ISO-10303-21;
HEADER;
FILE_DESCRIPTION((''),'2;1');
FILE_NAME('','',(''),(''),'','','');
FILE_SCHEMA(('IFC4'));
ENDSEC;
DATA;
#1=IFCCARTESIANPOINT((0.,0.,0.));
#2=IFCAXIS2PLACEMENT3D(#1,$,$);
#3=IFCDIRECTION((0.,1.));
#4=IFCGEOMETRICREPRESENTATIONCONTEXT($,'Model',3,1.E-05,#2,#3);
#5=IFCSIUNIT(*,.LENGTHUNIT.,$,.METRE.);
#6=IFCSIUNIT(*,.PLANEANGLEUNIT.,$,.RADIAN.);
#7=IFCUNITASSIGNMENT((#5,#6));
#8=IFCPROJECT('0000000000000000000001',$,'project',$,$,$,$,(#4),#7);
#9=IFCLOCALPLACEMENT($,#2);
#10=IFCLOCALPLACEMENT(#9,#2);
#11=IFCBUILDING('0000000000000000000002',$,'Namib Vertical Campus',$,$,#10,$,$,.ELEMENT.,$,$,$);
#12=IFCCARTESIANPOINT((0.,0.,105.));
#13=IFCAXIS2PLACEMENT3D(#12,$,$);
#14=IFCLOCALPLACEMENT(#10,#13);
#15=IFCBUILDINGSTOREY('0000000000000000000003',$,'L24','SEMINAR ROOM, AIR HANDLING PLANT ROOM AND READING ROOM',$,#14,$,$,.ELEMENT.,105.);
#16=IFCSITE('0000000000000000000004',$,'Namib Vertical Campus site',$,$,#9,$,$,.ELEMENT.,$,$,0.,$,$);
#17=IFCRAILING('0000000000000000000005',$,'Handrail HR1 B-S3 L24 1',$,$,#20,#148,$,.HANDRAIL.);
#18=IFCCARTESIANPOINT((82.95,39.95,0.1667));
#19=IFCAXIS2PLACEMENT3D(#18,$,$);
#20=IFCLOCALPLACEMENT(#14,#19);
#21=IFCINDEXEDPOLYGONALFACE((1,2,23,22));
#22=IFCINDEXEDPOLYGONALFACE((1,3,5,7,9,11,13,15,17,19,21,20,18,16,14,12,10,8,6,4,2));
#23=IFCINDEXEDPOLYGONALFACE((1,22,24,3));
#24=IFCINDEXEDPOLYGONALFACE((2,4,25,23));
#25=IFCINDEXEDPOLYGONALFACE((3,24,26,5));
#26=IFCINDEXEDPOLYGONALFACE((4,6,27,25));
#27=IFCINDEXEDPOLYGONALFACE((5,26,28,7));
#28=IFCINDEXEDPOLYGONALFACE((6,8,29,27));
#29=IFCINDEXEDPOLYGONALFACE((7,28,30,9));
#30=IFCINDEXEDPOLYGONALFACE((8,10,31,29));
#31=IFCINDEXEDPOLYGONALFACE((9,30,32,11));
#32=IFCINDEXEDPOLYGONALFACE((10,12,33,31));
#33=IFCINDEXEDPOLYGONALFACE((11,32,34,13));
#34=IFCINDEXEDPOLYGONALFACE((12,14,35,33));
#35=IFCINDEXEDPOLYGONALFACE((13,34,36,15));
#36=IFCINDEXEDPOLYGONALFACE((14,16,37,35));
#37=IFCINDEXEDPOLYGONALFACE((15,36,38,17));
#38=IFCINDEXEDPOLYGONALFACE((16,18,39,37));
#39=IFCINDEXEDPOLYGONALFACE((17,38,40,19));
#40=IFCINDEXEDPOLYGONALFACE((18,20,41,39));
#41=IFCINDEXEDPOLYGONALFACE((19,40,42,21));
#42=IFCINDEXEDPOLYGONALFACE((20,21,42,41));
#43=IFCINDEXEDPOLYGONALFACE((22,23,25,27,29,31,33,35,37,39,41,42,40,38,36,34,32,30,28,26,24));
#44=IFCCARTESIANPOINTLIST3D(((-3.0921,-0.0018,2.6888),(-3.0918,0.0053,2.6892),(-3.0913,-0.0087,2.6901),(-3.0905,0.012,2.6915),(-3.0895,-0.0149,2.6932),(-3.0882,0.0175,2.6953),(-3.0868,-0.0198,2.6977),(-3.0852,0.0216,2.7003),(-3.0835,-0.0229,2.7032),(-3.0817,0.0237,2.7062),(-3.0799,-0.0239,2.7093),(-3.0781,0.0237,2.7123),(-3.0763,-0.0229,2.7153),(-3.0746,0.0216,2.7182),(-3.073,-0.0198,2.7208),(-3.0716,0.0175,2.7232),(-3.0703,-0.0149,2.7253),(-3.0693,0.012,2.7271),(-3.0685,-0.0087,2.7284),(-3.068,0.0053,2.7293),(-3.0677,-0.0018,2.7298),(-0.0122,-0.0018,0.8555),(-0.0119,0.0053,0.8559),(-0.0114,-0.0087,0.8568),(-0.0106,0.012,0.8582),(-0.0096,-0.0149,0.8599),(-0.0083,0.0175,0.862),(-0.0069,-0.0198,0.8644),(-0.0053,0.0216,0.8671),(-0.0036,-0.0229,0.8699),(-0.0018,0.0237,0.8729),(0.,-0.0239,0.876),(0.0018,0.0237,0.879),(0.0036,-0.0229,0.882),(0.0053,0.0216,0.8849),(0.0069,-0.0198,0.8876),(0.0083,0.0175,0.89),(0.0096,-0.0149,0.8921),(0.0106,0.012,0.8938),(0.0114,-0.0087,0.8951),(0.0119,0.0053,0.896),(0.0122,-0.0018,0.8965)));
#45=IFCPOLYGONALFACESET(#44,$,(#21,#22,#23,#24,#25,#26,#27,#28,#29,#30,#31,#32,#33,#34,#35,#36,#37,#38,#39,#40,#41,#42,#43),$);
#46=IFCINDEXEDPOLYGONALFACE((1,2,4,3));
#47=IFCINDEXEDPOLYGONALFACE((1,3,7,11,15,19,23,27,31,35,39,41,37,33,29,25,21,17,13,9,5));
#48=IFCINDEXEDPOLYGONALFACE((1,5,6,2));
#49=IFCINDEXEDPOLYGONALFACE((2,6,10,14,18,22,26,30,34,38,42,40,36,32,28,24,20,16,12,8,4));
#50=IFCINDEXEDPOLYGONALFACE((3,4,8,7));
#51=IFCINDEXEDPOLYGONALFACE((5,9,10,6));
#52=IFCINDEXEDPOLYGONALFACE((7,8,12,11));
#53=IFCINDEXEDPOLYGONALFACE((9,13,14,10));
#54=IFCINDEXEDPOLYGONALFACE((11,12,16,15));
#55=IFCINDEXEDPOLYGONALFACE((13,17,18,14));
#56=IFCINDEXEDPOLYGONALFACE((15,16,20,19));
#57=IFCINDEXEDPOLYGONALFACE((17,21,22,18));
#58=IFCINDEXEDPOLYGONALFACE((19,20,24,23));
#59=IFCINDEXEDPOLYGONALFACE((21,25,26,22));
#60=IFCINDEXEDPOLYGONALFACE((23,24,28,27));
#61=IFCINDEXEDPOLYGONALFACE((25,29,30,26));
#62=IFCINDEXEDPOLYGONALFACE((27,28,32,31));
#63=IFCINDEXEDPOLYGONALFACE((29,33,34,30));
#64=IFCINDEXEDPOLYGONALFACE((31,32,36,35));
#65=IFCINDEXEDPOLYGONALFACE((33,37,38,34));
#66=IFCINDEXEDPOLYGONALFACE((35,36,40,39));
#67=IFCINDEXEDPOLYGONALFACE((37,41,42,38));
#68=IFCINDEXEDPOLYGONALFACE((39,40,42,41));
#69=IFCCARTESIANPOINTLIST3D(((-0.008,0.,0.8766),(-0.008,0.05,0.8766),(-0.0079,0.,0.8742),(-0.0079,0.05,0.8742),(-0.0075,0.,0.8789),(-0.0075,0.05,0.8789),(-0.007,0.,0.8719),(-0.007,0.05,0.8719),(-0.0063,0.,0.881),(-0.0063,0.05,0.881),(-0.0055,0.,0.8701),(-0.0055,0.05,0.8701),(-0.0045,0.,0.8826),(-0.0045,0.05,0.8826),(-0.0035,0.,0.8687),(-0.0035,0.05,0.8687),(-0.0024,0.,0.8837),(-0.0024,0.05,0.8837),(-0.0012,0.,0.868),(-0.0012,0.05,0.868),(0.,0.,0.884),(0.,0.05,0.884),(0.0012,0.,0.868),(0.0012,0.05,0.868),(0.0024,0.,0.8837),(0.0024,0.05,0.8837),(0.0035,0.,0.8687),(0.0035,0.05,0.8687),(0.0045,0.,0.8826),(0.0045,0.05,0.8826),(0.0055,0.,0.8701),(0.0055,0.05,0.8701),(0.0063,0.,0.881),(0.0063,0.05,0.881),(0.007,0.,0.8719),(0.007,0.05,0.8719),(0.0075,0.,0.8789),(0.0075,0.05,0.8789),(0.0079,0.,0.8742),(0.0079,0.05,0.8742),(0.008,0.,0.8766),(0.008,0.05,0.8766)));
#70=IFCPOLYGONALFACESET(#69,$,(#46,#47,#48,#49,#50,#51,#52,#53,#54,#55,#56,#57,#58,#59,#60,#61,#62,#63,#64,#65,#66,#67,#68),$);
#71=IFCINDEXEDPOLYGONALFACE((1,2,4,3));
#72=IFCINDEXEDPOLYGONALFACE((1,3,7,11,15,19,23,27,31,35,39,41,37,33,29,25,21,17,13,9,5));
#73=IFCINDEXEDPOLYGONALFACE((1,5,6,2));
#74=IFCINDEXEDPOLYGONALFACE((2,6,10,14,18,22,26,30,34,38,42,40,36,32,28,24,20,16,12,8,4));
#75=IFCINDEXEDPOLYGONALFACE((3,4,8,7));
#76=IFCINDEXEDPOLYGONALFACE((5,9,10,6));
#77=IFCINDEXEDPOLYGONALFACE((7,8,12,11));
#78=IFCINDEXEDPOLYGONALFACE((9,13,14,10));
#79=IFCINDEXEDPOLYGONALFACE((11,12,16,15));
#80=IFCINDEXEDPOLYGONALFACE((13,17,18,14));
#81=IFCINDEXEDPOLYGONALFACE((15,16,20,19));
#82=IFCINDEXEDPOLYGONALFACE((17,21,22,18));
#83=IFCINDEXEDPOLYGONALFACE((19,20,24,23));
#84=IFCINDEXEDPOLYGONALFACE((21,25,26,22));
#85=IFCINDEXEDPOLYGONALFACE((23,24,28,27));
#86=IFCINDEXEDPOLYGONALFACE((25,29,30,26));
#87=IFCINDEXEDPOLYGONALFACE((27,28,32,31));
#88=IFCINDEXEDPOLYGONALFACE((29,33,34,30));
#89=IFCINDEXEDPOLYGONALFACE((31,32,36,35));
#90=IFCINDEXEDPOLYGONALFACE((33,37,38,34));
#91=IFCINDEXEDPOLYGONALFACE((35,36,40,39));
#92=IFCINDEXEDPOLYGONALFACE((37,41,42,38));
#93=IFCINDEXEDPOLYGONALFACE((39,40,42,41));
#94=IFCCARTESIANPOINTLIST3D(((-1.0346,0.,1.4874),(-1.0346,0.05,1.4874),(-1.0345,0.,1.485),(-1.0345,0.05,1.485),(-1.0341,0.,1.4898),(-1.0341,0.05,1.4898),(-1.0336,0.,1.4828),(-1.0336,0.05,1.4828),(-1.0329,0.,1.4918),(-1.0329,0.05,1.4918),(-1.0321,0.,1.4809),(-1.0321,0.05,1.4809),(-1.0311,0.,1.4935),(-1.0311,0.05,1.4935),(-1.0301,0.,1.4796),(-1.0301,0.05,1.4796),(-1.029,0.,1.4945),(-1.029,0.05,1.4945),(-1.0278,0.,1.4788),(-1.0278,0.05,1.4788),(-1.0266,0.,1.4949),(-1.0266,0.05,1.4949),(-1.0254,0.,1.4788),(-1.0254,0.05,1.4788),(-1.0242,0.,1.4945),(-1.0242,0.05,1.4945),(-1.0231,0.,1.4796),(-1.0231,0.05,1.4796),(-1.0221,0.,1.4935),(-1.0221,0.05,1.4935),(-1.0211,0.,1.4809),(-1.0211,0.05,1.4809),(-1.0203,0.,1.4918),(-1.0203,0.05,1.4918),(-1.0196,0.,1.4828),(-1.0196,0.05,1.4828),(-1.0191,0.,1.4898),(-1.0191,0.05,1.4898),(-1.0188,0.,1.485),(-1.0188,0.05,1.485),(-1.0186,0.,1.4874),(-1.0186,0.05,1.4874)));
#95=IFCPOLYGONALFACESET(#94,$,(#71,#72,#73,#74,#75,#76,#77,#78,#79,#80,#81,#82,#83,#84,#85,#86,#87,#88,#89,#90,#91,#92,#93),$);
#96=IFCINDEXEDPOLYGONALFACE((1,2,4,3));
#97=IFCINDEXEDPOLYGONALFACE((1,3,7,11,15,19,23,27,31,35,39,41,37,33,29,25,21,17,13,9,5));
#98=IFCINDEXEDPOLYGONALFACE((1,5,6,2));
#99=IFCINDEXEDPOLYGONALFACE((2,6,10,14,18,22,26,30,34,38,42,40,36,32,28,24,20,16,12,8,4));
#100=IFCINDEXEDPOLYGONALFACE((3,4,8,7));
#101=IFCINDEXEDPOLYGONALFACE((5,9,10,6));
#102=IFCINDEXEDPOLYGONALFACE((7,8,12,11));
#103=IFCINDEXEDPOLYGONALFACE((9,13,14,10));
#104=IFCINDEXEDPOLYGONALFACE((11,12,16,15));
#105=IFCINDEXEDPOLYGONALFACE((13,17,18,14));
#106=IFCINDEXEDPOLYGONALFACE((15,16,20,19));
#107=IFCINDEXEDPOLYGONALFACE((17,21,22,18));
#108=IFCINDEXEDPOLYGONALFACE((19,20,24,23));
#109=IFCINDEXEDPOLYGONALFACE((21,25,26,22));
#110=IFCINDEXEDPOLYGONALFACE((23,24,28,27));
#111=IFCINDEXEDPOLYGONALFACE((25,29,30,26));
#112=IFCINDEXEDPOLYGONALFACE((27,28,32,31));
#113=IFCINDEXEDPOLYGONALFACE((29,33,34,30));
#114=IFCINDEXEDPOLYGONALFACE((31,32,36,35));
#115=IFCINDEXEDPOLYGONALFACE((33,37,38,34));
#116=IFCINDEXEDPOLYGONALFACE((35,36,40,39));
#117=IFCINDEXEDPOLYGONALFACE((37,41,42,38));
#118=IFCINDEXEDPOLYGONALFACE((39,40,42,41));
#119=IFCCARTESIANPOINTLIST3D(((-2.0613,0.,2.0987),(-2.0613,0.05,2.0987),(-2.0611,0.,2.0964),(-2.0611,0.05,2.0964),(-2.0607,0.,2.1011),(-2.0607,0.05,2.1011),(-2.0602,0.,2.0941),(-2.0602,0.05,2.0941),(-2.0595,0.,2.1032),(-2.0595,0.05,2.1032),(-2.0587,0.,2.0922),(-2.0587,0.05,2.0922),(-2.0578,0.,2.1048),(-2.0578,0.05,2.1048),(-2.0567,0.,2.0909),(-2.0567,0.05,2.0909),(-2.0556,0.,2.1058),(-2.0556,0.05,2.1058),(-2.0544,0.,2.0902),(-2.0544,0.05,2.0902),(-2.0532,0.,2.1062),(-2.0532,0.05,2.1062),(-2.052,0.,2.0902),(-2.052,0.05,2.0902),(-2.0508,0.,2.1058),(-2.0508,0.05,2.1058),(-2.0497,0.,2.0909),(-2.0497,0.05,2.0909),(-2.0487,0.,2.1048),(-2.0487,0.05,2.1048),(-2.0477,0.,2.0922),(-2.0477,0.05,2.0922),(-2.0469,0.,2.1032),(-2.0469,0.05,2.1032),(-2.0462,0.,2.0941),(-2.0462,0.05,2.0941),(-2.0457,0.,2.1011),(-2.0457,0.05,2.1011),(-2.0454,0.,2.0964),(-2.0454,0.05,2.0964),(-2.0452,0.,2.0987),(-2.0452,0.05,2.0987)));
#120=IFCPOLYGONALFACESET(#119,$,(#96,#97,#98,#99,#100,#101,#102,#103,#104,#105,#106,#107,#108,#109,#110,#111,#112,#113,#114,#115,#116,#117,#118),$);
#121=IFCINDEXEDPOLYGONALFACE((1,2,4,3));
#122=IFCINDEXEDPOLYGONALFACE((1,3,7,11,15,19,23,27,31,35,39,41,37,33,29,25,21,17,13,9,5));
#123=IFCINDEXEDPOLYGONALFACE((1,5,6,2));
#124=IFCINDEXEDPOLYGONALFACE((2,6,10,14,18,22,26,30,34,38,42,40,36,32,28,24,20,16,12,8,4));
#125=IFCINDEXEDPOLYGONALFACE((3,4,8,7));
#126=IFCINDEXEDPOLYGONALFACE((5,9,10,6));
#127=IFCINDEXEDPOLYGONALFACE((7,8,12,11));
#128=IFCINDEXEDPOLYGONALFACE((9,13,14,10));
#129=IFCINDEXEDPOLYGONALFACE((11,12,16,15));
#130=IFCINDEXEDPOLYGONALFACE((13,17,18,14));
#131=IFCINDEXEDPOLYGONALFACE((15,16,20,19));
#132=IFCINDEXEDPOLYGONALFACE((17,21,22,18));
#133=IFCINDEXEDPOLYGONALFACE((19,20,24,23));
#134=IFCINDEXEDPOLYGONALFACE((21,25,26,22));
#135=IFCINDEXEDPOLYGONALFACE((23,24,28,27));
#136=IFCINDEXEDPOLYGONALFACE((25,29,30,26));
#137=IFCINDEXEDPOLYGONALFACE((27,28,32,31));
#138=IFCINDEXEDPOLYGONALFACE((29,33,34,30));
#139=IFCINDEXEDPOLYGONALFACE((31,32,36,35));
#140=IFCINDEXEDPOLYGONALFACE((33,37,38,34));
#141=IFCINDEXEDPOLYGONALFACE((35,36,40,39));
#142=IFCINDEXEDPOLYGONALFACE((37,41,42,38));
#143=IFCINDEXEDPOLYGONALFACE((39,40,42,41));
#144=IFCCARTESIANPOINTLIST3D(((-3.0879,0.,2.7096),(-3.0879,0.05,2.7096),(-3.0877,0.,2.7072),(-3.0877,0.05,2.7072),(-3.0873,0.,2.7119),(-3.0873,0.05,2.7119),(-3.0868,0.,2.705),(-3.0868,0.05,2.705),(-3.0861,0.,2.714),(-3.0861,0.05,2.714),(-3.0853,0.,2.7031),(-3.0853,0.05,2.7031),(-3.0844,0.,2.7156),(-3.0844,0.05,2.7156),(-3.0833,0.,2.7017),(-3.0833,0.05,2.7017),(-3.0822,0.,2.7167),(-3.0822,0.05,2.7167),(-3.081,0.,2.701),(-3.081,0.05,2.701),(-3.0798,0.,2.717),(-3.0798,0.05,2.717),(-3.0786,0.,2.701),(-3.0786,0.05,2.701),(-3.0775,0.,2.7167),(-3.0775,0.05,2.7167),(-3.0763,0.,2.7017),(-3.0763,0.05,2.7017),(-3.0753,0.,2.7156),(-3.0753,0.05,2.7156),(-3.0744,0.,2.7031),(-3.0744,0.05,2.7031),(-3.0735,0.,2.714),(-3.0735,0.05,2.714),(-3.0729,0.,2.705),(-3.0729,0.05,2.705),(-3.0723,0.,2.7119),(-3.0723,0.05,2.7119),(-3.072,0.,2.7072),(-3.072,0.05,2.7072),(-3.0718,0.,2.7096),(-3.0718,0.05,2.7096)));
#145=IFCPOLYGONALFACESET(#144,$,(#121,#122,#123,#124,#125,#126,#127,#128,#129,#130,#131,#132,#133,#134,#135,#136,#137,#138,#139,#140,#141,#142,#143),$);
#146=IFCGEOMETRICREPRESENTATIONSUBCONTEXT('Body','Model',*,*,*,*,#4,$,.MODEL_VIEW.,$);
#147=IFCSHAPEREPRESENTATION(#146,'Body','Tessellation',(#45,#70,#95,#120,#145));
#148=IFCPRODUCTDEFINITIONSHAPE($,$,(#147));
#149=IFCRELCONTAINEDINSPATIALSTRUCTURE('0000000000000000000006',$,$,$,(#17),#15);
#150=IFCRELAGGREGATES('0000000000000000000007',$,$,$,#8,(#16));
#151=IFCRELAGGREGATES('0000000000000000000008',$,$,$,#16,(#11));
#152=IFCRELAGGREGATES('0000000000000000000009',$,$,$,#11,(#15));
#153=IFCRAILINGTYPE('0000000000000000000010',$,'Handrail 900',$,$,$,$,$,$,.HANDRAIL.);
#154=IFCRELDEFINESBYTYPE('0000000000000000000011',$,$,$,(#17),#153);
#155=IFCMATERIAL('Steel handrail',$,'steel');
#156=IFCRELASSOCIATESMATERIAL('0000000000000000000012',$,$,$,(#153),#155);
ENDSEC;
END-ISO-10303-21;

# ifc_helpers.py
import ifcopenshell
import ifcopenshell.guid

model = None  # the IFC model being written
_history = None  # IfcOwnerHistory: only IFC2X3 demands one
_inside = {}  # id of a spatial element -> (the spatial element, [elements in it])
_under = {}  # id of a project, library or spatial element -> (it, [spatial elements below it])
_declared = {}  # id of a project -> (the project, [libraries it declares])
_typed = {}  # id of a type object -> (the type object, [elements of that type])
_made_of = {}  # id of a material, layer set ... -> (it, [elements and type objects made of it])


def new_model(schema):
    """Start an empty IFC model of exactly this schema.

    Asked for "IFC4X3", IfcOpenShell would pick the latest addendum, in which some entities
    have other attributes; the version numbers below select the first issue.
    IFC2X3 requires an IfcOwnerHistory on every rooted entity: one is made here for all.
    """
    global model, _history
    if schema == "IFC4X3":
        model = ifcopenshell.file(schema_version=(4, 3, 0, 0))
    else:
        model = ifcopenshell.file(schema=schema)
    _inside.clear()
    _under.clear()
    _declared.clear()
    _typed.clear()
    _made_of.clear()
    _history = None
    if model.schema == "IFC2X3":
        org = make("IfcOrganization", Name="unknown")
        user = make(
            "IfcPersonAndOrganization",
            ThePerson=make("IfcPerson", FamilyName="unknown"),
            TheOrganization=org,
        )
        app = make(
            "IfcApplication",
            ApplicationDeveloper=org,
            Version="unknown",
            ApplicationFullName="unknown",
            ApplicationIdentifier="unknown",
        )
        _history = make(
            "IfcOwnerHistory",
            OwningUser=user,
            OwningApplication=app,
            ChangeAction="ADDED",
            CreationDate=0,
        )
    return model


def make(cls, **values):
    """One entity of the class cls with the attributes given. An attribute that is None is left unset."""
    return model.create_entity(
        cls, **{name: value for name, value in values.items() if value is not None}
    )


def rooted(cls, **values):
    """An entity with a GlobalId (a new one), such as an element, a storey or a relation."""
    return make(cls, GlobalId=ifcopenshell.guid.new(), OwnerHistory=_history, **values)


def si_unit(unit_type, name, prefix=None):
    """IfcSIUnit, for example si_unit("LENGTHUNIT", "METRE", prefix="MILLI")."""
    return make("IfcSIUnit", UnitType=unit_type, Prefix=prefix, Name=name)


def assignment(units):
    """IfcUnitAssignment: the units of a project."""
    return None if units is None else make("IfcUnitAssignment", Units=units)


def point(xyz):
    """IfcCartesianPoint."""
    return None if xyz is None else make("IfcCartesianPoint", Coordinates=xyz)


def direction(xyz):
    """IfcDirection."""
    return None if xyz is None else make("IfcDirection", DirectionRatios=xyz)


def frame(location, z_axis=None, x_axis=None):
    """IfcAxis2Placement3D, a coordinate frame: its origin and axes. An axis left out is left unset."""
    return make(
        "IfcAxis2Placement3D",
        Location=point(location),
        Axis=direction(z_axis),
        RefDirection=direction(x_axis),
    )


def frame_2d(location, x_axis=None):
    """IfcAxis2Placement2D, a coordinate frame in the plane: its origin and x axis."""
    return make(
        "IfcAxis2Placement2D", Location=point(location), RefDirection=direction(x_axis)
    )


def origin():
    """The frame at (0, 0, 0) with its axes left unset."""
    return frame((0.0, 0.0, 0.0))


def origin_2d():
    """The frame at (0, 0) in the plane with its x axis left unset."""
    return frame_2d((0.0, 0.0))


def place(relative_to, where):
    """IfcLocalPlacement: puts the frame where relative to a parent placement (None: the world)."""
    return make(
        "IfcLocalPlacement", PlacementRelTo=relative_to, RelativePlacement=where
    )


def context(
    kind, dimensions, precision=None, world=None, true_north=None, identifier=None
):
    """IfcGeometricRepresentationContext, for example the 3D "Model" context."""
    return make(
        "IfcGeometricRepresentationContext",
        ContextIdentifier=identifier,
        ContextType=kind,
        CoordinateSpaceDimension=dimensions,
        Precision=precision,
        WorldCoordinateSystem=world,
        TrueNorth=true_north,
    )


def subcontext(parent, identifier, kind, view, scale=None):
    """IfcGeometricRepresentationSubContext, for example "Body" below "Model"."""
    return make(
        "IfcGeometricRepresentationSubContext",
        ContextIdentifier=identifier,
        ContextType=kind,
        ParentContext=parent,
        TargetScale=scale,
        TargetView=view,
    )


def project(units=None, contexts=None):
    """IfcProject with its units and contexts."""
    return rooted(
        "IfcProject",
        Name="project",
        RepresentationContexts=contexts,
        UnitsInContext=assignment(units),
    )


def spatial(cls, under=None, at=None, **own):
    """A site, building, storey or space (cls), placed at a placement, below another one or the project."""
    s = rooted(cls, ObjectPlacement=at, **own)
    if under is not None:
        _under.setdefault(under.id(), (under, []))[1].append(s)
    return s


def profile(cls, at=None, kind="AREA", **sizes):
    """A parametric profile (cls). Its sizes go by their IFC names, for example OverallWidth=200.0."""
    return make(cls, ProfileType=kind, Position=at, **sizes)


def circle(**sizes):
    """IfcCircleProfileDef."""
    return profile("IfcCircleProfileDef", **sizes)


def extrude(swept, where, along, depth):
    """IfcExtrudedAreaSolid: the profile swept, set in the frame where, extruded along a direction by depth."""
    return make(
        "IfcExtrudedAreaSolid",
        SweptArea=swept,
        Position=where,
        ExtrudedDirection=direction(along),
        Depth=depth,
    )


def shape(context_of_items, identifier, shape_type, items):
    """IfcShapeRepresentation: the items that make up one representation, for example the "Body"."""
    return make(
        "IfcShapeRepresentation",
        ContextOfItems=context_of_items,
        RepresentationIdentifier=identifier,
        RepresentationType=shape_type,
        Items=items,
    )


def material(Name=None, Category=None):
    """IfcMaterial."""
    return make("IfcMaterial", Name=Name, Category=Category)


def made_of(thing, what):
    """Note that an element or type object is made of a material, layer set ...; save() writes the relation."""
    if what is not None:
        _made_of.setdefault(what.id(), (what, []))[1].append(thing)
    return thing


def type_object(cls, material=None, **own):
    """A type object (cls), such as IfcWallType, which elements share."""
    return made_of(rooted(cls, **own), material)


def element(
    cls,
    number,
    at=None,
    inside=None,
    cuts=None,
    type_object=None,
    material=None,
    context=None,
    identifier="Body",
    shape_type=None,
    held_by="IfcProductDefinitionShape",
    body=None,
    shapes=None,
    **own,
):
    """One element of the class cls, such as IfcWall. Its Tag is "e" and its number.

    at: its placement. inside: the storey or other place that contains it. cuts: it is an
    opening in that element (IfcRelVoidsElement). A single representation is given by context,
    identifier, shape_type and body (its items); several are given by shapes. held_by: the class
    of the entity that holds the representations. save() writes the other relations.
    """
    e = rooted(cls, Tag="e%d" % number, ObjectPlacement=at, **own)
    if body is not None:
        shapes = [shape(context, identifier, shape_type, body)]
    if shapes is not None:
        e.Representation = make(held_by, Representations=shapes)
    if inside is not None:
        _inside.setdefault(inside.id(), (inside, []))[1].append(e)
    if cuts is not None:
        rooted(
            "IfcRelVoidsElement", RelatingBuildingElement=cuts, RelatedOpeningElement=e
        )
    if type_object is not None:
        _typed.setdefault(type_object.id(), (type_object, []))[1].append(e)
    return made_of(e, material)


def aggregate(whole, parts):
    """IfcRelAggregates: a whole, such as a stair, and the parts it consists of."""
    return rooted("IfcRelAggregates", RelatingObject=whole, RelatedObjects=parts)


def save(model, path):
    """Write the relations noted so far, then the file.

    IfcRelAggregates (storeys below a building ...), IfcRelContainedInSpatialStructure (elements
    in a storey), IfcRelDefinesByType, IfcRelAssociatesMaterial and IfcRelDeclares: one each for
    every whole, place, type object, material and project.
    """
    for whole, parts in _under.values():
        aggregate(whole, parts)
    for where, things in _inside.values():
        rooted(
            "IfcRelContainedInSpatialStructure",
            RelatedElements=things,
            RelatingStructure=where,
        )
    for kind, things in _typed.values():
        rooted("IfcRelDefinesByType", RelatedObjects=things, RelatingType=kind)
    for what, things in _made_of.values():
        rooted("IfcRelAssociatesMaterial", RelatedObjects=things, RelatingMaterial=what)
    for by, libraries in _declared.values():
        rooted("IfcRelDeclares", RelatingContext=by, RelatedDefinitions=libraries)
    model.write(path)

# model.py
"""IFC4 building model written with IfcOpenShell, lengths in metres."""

from ifc_helpers import new_model, si_unit, direction, frame, origin, origin_2d, place, context, subcontext, project, spatial, circle, extrude, material, type_object, element, save


model = new_model("IFC4")

# Units and contexts
model_context = context("Model", 3, precision=1e-05, world=origin(), true_north=direction((0.0, 1.0)))
body_context = subcontext(model_context, "Body", "Model", "MODEL_VIEW")
ifc_project = project(units=[si_unit("LENGTHUNIT", "METRE"), si_unit("PLANEANGLEUNIT", "RADIAN")], contexts=[model_context])

# Site, building, storey
site_placement = place(None, origin())
site = spatial("IfcSite", under=ifc_project, at=site_placement, Name="Namib Vertical Campus site", CompositionType="ELEMENT", RefElevation=0.0)
building_placement = place(site_placement, origin())
building = spatial("IfcBuilding", under=site, at=building_placement, Name="Namib Vertical Campus", CompositionType="ELEMENT")
storey_placement = place(building_placement, frame((0.0, 0.0, 105.0)))
storey = spatial("IfcBuildingStorey", under=building, at=storey_placement, Name="L24", Description="SEMINAR ROOM, AIR HANDLING PLANT ROOM AND READING ROOM", CompositionType="ELEMENT", Elevation=105.0)

# Railing
ifc_material_1 = material(Name="Steel handrail", Category="steel")
railing_type_1 = type_object("IfcRailingType", Name="Handrail 900", PredefinedType="HANDRAIL", material=ifc_material_1)
railing_1_placement = place(storey_placement, frame((82.95, 39.95, 0.1667)))
element("IfcRailing", 1, at=railing_1_placement, inside=storey, type_object=railing_type_1, Name="Handrail HR1 B-S3 L24 1", PredefinedType="HANDRAIL", context=body_context, shape_type="SweptSolid", body=[
    extrude(circle(Radius=0.0239, at=origin_2d()), frame((0.0, 0.0, 0.876), z_axis=(-0.859291, 0.0, 0.511487), x_axis=(0.0, -1.0, 0.0)), (0.0, 0.0, 1.0), 3.5842),
    extrude(circle(Radius=0.0081, at=origin_2d()), frame((0.0, 0.0, 0.876), z_axis=(0.0, 1.0, 0.0), x_axis=(0.0, 0.0, 1.0)), (0.0, 0.0, 1.0), 0.05),
    extrude(circle(Radius=0.0081, at=origin_2d()), frame((-1.0266, 0.0, 1.4868), z_axis=(0.0, 1.0, 0.0), x_axis=(0.0, 0.0, 1.0)), (0.0, 0.0, 1.0), 0.05),
    extrude(circle(Radius=0.0081, at=origin_2d()), frame((-2.0532, 0.0, 2.0981), z_axis=(0.0, 1.0, 0.0), x_axis=(0.0, 0.0, 1.0)), (0.0, 0.0, 1.0), 0.05),
    extrude(circle(Radius=0.0081, at=origin_2d()), frame((-3.0798, 0.0, 2.709), z_axis=(0.0, 1.0, 0.0), x_axis=(0.0, 0.0, 1.0)), (0.0, 0.0, 1.0), 0.05),
])

save(model, "model.ifc")
